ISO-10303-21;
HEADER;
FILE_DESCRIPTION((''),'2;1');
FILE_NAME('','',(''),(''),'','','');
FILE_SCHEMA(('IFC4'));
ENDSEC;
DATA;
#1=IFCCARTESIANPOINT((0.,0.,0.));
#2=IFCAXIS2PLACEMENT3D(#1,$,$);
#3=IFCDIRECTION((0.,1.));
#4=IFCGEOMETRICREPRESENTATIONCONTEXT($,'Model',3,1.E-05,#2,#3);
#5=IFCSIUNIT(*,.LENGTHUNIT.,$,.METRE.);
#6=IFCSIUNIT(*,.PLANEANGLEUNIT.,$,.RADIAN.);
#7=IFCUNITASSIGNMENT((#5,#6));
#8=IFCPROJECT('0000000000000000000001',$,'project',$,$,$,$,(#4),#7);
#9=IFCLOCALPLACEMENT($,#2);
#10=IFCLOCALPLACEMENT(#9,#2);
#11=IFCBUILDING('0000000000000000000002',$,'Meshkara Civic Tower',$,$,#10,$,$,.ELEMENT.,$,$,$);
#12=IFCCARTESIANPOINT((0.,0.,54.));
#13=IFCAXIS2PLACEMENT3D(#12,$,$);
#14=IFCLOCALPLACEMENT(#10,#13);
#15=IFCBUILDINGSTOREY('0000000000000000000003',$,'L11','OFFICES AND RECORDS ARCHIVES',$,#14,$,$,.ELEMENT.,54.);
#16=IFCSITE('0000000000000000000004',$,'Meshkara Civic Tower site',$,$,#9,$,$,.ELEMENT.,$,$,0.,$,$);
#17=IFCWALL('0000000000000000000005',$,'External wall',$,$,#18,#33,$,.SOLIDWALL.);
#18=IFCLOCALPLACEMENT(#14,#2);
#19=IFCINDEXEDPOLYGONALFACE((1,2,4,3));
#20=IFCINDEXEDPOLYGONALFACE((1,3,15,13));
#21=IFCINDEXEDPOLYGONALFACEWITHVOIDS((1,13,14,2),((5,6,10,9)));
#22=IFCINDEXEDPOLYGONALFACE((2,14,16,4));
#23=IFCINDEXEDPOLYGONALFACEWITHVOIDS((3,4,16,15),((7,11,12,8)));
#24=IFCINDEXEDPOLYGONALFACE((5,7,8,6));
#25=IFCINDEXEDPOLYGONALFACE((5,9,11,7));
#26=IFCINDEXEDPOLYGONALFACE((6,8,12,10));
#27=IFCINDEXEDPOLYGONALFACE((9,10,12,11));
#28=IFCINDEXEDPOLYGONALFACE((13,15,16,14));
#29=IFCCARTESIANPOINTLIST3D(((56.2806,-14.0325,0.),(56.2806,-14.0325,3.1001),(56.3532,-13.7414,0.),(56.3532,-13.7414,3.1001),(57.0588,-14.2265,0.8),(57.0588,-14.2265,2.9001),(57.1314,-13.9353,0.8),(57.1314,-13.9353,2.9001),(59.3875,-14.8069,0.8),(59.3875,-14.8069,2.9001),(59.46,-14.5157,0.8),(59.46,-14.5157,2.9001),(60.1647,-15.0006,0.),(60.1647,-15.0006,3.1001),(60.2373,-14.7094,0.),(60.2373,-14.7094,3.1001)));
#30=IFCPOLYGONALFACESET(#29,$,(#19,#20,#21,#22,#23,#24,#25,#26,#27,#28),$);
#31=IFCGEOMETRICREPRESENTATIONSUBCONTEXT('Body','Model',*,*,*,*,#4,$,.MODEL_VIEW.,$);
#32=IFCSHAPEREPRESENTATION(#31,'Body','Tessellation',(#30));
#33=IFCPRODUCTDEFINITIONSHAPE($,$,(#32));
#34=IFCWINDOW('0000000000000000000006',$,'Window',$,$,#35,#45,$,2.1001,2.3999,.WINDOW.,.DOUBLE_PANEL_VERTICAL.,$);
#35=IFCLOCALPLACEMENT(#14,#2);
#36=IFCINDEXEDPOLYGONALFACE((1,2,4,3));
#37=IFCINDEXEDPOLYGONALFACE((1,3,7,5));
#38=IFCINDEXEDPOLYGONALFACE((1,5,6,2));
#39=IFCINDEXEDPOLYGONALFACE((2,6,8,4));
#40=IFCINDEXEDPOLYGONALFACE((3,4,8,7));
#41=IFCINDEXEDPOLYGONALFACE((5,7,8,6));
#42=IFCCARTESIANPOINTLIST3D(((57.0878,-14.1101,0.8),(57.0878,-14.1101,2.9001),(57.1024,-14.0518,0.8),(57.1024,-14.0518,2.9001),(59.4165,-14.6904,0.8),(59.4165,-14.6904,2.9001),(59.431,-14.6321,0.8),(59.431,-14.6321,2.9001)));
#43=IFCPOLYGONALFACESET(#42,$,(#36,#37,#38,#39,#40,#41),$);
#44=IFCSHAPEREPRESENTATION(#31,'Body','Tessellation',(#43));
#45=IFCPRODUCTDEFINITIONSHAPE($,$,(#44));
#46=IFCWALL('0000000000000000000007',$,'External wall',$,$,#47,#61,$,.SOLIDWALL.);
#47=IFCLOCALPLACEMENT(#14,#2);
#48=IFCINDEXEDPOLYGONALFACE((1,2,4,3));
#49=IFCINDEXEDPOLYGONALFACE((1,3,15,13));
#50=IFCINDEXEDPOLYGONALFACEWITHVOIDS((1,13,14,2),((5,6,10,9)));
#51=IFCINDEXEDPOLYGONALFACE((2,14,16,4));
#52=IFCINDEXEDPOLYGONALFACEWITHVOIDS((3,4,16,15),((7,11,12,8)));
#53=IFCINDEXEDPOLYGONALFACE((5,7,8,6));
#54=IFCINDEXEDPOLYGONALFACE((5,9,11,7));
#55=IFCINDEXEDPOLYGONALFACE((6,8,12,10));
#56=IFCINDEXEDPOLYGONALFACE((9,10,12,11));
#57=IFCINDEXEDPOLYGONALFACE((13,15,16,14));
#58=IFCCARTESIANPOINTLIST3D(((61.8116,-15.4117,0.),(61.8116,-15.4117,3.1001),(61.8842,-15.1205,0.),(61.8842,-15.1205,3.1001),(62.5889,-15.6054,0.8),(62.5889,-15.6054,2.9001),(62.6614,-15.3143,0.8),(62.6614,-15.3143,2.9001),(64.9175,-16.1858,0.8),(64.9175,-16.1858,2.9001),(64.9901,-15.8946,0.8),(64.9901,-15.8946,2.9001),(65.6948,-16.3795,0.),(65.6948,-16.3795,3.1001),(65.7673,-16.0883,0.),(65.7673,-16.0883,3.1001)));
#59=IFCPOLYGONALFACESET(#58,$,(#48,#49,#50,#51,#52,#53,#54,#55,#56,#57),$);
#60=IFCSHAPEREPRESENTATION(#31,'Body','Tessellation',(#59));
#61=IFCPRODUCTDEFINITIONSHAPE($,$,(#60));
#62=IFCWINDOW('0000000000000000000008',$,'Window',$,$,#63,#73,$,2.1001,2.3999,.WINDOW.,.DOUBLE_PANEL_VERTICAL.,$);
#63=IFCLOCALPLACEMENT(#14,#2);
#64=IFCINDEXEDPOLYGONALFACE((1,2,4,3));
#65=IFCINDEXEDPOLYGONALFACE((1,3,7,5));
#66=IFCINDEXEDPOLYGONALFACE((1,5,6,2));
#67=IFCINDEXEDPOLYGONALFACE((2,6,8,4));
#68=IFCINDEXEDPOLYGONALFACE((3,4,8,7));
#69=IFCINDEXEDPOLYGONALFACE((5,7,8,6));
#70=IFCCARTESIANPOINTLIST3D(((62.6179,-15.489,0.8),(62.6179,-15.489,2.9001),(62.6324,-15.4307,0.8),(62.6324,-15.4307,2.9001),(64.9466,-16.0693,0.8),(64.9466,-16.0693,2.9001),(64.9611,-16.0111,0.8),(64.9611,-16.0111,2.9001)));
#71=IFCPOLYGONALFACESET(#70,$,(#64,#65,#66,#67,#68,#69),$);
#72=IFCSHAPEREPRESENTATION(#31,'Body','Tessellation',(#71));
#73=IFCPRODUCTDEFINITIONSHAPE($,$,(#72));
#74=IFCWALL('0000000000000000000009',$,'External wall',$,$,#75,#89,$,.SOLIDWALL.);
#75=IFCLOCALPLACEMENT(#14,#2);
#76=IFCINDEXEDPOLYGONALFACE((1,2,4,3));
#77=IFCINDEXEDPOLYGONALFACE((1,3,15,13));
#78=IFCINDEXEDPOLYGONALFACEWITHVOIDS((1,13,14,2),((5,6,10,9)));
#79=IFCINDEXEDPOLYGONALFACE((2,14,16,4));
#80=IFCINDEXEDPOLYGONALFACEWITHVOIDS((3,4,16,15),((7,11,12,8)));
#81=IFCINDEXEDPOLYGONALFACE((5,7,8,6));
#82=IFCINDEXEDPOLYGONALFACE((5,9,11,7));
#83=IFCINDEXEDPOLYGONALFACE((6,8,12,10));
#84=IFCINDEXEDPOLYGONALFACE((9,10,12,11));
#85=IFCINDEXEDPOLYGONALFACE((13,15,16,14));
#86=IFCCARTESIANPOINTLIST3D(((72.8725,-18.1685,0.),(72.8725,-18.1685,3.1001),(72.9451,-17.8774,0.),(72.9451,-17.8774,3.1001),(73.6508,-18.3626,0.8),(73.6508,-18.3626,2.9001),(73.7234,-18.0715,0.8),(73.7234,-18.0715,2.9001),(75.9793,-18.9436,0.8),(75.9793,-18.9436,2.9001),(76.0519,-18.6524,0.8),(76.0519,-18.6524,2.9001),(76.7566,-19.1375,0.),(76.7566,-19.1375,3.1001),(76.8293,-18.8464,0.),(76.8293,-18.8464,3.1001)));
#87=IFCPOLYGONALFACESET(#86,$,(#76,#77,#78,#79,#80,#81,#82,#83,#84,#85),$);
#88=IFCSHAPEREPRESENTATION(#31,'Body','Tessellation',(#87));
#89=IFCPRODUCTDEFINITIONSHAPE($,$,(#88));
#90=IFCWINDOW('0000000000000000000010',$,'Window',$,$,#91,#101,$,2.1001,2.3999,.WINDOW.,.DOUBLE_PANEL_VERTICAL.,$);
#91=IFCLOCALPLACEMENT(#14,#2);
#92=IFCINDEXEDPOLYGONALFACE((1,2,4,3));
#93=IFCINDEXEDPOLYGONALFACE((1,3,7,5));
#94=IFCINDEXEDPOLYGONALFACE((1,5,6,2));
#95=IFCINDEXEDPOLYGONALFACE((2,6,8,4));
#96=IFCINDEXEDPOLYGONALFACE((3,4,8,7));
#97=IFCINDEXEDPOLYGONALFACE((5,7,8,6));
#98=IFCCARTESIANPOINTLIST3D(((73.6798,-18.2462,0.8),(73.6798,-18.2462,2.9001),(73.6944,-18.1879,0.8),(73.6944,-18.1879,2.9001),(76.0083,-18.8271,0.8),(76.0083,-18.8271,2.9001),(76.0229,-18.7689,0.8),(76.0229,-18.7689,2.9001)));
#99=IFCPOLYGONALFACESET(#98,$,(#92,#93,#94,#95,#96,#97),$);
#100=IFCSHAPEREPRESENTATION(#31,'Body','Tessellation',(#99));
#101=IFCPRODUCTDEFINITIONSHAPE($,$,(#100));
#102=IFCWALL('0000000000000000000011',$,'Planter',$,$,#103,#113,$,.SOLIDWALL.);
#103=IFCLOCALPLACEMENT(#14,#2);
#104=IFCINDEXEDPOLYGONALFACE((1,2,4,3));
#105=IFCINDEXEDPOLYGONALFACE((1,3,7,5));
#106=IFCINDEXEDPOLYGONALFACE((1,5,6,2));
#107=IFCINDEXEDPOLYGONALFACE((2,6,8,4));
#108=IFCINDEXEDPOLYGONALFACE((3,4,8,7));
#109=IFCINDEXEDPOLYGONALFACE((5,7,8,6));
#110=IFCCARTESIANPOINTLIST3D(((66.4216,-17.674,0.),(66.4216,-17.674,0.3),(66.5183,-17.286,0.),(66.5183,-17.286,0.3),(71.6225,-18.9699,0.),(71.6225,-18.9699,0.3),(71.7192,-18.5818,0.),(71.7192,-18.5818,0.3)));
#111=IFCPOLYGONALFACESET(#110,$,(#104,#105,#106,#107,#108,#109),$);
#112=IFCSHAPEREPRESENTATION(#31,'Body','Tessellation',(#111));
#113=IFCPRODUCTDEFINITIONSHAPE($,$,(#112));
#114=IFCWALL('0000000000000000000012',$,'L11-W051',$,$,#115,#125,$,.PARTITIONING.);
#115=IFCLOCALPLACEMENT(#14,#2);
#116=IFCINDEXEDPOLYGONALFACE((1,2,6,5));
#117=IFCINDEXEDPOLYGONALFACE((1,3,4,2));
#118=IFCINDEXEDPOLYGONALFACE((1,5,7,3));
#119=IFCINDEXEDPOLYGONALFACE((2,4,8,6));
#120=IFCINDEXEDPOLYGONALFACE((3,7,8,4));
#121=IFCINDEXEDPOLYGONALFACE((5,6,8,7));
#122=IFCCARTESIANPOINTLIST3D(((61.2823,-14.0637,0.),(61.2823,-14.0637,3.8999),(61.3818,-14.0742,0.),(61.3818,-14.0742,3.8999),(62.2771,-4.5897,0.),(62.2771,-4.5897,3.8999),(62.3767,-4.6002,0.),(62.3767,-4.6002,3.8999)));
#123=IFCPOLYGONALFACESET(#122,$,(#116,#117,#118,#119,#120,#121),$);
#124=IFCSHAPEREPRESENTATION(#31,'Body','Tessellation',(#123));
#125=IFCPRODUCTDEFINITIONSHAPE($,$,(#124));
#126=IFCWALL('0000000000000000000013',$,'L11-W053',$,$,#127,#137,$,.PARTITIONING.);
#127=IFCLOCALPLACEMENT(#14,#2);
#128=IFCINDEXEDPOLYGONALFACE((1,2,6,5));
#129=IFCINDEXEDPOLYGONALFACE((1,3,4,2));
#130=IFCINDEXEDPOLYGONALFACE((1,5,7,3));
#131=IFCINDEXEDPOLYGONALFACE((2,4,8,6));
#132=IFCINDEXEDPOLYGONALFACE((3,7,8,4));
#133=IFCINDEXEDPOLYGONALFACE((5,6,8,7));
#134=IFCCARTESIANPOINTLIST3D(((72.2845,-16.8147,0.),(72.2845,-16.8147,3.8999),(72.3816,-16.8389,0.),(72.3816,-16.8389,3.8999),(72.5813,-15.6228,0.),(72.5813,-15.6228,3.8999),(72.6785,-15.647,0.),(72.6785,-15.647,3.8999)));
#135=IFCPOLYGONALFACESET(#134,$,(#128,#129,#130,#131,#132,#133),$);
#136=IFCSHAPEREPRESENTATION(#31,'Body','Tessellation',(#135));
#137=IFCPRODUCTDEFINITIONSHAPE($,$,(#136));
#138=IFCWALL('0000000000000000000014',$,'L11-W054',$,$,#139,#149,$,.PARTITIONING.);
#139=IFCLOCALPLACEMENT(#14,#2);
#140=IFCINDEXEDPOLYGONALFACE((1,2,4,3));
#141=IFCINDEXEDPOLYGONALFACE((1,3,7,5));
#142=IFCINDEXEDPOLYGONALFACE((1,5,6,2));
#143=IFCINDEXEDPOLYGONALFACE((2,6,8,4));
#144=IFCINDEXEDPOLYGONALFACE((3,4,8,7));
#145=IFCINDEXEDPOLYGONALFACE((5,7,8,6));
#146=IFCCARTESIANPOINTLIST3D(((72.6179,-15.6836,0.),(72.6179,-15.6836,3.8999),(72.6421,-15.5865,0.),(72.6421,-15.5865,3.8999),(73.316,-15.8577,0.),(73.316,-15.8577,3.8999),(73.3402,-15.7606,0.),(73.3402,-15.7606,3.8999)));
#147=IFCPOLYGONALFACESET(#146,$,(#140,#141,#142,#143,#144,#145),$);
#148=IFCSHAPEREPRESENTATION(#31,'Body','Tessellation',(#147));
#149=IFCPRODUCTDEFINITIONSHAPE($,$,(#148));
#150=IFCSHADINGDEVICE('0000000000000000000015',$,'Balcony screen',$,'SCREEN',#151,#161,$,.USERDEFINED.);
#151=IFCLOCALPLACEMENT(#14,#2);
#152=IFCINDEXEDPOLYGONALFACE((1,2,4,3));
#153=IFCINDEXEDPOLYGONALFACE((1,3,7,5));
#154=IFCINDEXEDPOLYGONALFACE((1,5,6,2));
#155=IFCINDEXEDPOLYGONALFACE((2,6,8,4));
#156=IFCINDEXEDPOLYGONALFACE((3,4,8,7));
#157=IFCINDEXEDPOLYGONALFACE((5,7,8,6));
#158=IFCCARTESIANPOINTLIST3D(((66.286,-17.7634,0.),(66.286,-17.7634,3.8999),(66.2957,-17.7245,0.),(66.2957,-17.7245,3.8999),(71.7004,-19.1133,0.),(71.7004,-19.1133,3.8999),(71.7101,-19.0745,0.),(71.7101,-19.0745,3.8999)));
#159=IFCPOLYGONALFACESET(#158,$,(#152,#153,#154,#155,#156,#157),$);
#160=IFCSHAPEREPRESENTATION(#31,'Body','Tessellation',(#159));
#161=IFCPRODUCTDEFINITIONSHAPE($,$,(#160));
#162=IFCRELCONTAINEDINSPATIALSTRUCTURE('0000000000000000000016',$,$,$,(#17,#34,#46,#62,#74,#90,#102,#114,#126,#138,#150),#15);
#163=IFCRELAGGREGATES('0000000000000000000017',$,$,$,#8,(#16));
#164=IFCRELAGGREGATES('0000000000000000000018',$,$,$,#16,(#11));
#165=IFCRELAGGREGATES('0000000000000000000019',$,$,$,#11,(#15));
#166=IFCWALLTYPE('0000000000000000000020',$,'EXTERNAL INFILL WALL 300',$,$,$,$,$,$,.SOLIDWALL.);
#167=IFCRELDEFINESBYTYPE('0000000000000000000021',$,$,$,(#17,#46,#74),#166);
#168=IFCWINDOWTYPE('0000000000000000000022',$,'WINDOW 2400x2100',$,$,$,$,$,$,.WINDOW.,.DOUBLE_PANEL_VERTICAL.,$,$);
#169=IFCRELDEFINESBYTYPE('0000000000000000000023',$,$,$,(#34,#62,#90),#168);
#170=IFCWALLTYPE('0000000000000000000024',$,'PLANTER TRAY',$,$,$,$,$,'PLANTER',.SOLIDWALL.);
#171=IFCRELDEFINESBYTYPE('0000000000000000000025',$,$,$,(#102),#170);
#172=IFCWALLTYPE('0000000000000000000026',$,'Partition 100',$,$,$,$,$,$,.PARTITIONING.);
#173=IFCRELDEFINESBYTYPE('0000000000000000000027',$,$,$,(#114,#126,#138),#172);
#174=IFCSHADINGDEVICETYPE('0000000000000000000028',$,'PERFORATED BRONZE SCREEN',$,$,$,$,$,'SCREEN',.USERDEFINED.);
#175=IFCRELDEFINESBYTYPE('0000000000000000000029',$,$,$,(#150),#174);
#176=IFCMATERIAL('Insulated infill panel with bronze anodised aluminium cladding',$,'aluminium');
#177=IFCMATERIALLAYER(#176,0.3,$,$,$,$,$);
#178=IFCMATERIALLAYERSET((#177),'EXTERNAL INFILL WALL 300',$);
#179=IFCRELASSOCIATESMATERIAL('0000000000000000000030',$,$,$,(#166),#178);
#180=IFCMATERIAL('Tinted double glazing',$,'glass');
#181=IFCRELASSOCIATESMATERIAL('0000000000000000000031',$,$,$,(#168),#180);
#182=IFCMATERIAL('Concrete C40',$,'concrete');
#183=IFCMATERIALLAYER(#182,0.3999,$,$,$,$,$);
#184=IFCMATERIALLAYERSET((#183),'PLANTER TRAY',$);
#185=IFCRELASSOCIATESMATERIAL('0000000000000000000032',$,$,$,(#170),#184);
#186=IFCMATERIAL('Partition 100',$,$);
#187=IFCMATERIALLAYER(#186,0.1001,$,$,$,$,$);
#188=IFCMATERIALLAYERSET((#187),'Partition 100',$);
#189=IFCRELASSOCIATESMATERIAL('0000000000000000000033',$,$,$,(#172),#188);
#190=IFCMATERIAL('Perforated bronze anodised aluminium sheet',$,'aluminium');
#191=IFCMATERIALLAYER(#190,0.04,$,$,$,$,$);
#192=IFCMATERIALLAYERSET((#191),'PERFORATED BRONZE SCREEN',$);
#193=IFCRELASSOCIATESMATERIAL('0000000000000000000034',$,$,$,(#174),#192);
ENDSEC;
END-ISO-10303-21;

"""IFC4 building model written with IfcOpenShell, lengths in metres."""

from ifc_helpers import new_model, si_unit, direction, frame, frame_2d, origin, origin_2d, place, context, subcontext, project, spatial, rectangle, extrude, material, layer, layer_set, type_object, element, fill, save


model = new_model("IFC4")

# Units and contexts
model_context = context("Model", 3, precision=1e-05, world=origin(), true_north=direction((0.0, 1.0)))
body_context = subcontext(model_context, "Body", "Model", "MODEL_VIEW")
ifc_project = project(units=[si_unit("LENGTHUNIT", "METRE"), si_unit("PLANEANGLEUNIT", "RADIAN")], contexts=[model_context])

# Site, building, storey
site_placement = place(None, origin())
site = spatial("IfcSite", under=ifc_project, at=site_placement, Name="Meshkara Civic Tower site", CompositionType="ELEMENT", RefElevation=0.0)
building_placement = place(site_placement, origin())
building = spatial("IfcBuilding", under=site, at=building_placement, Name="Meshkara Civic Tower", CompositionType="ELEMENT")
storey_placement = place(building_placement, frame((0.0, 0.0, 54.0)))
storey = spatial("IfcBuildingStorey", under=building, at=storey_placement, Name="L11", Description="OFFICES AND RECORDS ARCHIVES", CompositionType="ELEMENT", Elevation=54.0)

# Walls, openings, windows
ifc_material_1 = material(Name="Insulated infill panel with bronze anodised aluminium cladding", Category="aluminium")
ifc_layer_1 = layer(ifc_material_1, 0.3)
ifc_layer_set_1 = layer_set([ifc_layer_1], Name="EXTERNAL INFILL WALL 300")
wall_type_1 = type_object("IfcWallType", Name="EXTERNAL INFILL WALL 300", PredefinedType="SOLIDWALL", material=ifc_layer_set_1)
ifc_material_2 = material(Name="Tinted double glazing", Category="glass")
window_type = type_object("IfcWindowType", Name="WINDOW 2400x2100", PartitioningType="DOUBLE_PANEL_VERTICAL", PredefinedType="WINDOW", material=ifc_material_2)
wall_1_placement = place(storey_placement, frame((56.3169, -13.887, 0.0), z_axis=(0.0, 0.0, 1.0), x_axis=(0.970318, -0.241832, 0.0)))
wall_1 = element("IfcWall", 1, at=wall_1_placement, inside=storey, type_object=wall_type_1, Name="External wall", PredefinedType="SOLIDWALL", context=body_context, shape_type="SweptSolid", body=[
    extrude(rectangle(XDim=4.0029, YDim=0.3, at=frame_2d((2.0015, 0.0))), origin(), (0.0, 0.0, 1.0), 3.1001),
])
opening_1_placement = place(wall_1_placement, frame((0.802, 0.0, 0.8)))
opening_1 = element("IfcOpeningElement", 2, at=opening_1_placement, cuts=wall_1, PredefinedType="OPENING", context=body_context, shape_type="SweptSolid", body=[
    extrude(rectangle(XDim=2.3999, YDim=2.1001, at=frame_2d((1.2, 1.05))), frame((0.0, 0.1599, 0.0), z_axis=(0.0, -1.0, 0.0), x_axis=(1.0, 0.0, 0.0)), (0.0, 0.0, 1.0), 0.3201),
])
window_1_placement = place(opening_1_placement, origin())
window_1 = element("IfcWindow", 3, at=window_1_placement, inside=storey, type_object=window_type, Name="Window", OverallHeight=2.1001, OverallWidth=2.3999, PartitioningType="DOUBLE_PANEL_VERTICAL", PredefinedType="WINDOW", context=body_context, shape_type="SweptSolid", body=[
    extrude(rectangle(XDim=2.3999, YDim=2.1001, at=frame_2d((1.2, 1.05))), frame((0.0, 0.03, 0.0), z_axis=(0.0, -1.0, 0.0), x_axis=(1.0, 0.0, 0.0)), (0.0, 0.0, 1.0), 0.0601),
])
fill(opening_1, window_1)
wall_2_placement = place(storey_placement, frame((61.8479, -15.2661, 0.0), z_axis=(0.0, 0.0, 1.0), x_axis=(0.970318, -0.241832, 0.0)))
wall_2 = element("IfcWall", 4, at=wall_2_placement, inside=storey, type_object=wall_type_1, Name="External wall", PredefinedType="SOLIDWALL", context=body_context, shape_type="SweptSolid", body=[
    extrude(rectangle(XDim=4.002, YDim=0.3, at=frame_2d((2.001, 0.0))), origin(), (0.0, 0.0, 1.0), 3.1001),
])
opening_2_placement = place(wall_2_placement, frame((0.801, 0.0, 0.8)))
opening_2 = element("IfcOpeningElement", 5, at=opening_2_placement, cuts=wall_2, PredefinedType="OPENING", context=body_context, shape_type="SweptSolid", body=[
    extrude(rectangle(XDim=2.3999, YDim=2.1001, at=frame_2d((1.2, 1.05))), frame((0.0, 0.1599, 0.0), z_axis=(0.0, -1.0, 0.0), x_axis=(1.0, 0.0, 0.0)), (0.0, 0.0, 1.0), 0.3201),
])
window_2_placement = place(opening_2_placement, origin())
window_2 = element("IfcWindow", 6, at=window_2_placement, inside=storey, type_object=window_type, Name="Window", OverallHeight=2.1001, OverallWidth=2.3999, PartitioningType="DOUBLE_PANEL_VERTICAL", PredefinedType="WINDOW", context=body_context, shape_type="SweptSolid", body=[
    extrude(rectangle(XDim=2.3999, YDim=2.1001, at=frame_2d((1.2, 1.05))), frame((0.0, 0.03, 0.0), z_axis=(0.0, -1.0, 0.0), x_axis=(1.0, 0.0, 0.0)), (0.0, 0.0, 1.0), 0.0601),
])
fill(opening_2, window_2)
wall_3_placement = place(storey_placement, frame((72.9089, -18.0229, 0.0), z_axis=(0.0, 0.0, 1.0), x_axis=(0.970261, -0.242062, 0.0)))
wall_3 = element("IfcWall", 7, at=wall_3_placement, inside=storey, type_object=wall_type_1, Name="External wall", PredefinedType="SOLIDWALL", context=body_context, shape_type="SweptSolid", body=[
    extrude(rectangle(XDim=4.0032, YDim=0.3, at=frame_2d((2.0015, 0.0))), origin(), (0.0, 0.0, 1.0), 3.1001),
])
opening_3_placement = place(wall_3_placement, frame((0.802, 0.0, 0.8)))
opening_3 = element("IfcOpeningElement", 8, at=opening_3_placement, cuts=wall_3, PredefinedType="OPENING", context=body_context, shape_type="SweptSolid", body=[
    extrude(rectangle(XDim=2.3999, YDim=2.1001, at=frame_2d((1.2, 1.05))), frame((0.0, 0.1599, 0.0), z_axis=(0.0, -1.0, 0.0), x_axis=(1.0, 0.0, 0.0)), (0.0, 0.0, 1.0), 0.3201),
])
window_3_placement = place(opening_3_placement, origin())
window_3 = element("IfcWindow", 9, at=window_3_placement, inside=storey, type_object=window_type, Name="Window", OverallHeight=2.1001, OverallWidth=2.3999, PartitioningType="DOUBLE_PANEL_VERTICAL", PredefinedType="WINDOW", context=body_context, shape_type="SweptSolid", body=[
    extrude(rectangle(XDim=2.3999, YDim=2.1001, at=frame_2d((1.2, 1.05))), frame((0.0, 0.03, 0.0), z_axis=(0.0, -1.0, 0.0), x_axis=(1.0, 0.0, 0.0)), (0.0, 0.0, 1.0), 0.0601),
])
fill(opening_3, window_3)

# Walls
ifc_material_3 = material(Name="Concrete C40", Category="concrete")
ifc_layer_2 = layer(ifc_material_3, 0.3999)
ifc_layer_set_2 = layer_set([ifc_layer_2], Name="PLANTER TRAY")
wall_type_2 = type_object("IfcWallType", Name="PLANTER TRAY", ElementType="PLANTER", PredefinedType="SOLIDWALL", material=ifc_layer_set_2)
wall_4_placement = place(storey_placement, frame((66.47, -17.48, 0.0), z_axis=(0.0, 0.0, 1.0), x_axis=(0.970332, -0.241775, 0.0)))
element("IfcWall", 10, at=wall_4_placement, inside=storey, type_object=wall_type_2, Name="Planter", PredefinedType="SOLIDWALL", context=body_context, shape_type="SweptSolid", body=[
    extrude(rectangle(XDim=5.3599, YDim=0.3999, at=frame_2d((2.6799, 0.0))), origin(), (0.0, 0.0, 1.0), 0.3),
])
ifc_material_4 = material(Name="Partition 100")
ifc_layer_3 = layer(ifc_material_4, 0.1001)
ifc_layer_set_3 = layer_set([ifc_layer_3], Name="Partition 100")
wall_type_3 = type_object("IfcWallType", Name="Partition 100", PredefinedType="PARTITIONING", material=ifc_layer_set_3)
wall_5_placement = place(storey_placement, frame((61.332, -14.0691, 0.0), z_axis=(0.0, 0.0, 1.0), x_axis=(0.104435, 0.994532, 0.0)))
element("IfcWall", 11, at=wall_5_placement, inside=storey, type_object=wall_type_3, Name="L11-W051", PredefinedType="PARTITIONING", context=body_context, shape_type="SweptSolid", body=[
    extrude(rectangle(XDim=9.5261, YDim=0.1001, at=frame_2d((4.7632, 0.0))), origin(), (0.0, 0.0, 1.0), 3.8999),
])
wall_6_placement = place(storey_placement, frame((72.333, -16.8269, 0.0), z_axis=(0.0, 0.0, 1.0), x_axis=(0.241694, 0.970353, 0.0)))
element("IfcWall", 12, at=wall_6_placement, inside=storey, type_object=wall_type_3, Name="L11-W053", PredefinedType="PARTITIONING", context=body_context, shape_type="SweptSolid", body=[
    extrude(rectangle(XDim=1.2283, YDim=0.1001, at=frame_2d((0.6143, 0.0))), origin(), (0.0, 0.0, 1.0), 3.8999),
])
wall_7_placement = place(storey_placement, frame((72.6299, -15.635, 0.0), z_axis=(0.0, 0.0, 1.0), x_axis=(0.970282, -0.241977, 0.0)))
element("IfcWall", 13, at=wall_7_placement, inside=storey, type_object=wall_type_3, Name="L11-W054", PredefinedType="PARTITIONING", context=body_context, shape_type="SweptSolid", body=[
    extrude(rectangle(XDim=0.7195, YDim=0.1001, at=frame_2d((0.3599, 0.0))), origin(), (0.0, 0.0, 1.0), 3.8999),
])

# Shading device
ifc_material_5 = material(Name="Perforated bronze anodised aluminium sheet", Category="aluminium")
ifc_layer_4 = layer(ifc_material_5, 0.04)
ifc_layer_set_4 = layer_set([ifc_layer_4], Name="PERFORATED BRONZE SCREEN")
shading_device_type = type_object("IfcShadingDeviceType", Name="PERFORATED BRONZE SCREEN", ElementType="SCREEN", PredefinedType="USERDEFINED", material=ifc_layer_set_4)
shading_device_placement = place(storey_placement, frame((68.998, -18.4189, 0.0), z_axis=(0.0, 0.0, 1.0), x_axis=(0.970296, -0.241922, 0.0)))
element("IfcShadingDevice", 14, at=shading_device_placement, inside=storey, type_object=shading_device_type, Name="Balcony screen", ObjectType="SCREEN", PredefinedType="USERDEFINED", context=body_context, shape_type="SweptSolid", body=[
    extrude(rectangle(XDim=5.5801, YDim=0.04, at=origin_2d()), origin(), (0.0, 0.0, 1.0), 3.8999),
])

save(model, "model.ifc")
